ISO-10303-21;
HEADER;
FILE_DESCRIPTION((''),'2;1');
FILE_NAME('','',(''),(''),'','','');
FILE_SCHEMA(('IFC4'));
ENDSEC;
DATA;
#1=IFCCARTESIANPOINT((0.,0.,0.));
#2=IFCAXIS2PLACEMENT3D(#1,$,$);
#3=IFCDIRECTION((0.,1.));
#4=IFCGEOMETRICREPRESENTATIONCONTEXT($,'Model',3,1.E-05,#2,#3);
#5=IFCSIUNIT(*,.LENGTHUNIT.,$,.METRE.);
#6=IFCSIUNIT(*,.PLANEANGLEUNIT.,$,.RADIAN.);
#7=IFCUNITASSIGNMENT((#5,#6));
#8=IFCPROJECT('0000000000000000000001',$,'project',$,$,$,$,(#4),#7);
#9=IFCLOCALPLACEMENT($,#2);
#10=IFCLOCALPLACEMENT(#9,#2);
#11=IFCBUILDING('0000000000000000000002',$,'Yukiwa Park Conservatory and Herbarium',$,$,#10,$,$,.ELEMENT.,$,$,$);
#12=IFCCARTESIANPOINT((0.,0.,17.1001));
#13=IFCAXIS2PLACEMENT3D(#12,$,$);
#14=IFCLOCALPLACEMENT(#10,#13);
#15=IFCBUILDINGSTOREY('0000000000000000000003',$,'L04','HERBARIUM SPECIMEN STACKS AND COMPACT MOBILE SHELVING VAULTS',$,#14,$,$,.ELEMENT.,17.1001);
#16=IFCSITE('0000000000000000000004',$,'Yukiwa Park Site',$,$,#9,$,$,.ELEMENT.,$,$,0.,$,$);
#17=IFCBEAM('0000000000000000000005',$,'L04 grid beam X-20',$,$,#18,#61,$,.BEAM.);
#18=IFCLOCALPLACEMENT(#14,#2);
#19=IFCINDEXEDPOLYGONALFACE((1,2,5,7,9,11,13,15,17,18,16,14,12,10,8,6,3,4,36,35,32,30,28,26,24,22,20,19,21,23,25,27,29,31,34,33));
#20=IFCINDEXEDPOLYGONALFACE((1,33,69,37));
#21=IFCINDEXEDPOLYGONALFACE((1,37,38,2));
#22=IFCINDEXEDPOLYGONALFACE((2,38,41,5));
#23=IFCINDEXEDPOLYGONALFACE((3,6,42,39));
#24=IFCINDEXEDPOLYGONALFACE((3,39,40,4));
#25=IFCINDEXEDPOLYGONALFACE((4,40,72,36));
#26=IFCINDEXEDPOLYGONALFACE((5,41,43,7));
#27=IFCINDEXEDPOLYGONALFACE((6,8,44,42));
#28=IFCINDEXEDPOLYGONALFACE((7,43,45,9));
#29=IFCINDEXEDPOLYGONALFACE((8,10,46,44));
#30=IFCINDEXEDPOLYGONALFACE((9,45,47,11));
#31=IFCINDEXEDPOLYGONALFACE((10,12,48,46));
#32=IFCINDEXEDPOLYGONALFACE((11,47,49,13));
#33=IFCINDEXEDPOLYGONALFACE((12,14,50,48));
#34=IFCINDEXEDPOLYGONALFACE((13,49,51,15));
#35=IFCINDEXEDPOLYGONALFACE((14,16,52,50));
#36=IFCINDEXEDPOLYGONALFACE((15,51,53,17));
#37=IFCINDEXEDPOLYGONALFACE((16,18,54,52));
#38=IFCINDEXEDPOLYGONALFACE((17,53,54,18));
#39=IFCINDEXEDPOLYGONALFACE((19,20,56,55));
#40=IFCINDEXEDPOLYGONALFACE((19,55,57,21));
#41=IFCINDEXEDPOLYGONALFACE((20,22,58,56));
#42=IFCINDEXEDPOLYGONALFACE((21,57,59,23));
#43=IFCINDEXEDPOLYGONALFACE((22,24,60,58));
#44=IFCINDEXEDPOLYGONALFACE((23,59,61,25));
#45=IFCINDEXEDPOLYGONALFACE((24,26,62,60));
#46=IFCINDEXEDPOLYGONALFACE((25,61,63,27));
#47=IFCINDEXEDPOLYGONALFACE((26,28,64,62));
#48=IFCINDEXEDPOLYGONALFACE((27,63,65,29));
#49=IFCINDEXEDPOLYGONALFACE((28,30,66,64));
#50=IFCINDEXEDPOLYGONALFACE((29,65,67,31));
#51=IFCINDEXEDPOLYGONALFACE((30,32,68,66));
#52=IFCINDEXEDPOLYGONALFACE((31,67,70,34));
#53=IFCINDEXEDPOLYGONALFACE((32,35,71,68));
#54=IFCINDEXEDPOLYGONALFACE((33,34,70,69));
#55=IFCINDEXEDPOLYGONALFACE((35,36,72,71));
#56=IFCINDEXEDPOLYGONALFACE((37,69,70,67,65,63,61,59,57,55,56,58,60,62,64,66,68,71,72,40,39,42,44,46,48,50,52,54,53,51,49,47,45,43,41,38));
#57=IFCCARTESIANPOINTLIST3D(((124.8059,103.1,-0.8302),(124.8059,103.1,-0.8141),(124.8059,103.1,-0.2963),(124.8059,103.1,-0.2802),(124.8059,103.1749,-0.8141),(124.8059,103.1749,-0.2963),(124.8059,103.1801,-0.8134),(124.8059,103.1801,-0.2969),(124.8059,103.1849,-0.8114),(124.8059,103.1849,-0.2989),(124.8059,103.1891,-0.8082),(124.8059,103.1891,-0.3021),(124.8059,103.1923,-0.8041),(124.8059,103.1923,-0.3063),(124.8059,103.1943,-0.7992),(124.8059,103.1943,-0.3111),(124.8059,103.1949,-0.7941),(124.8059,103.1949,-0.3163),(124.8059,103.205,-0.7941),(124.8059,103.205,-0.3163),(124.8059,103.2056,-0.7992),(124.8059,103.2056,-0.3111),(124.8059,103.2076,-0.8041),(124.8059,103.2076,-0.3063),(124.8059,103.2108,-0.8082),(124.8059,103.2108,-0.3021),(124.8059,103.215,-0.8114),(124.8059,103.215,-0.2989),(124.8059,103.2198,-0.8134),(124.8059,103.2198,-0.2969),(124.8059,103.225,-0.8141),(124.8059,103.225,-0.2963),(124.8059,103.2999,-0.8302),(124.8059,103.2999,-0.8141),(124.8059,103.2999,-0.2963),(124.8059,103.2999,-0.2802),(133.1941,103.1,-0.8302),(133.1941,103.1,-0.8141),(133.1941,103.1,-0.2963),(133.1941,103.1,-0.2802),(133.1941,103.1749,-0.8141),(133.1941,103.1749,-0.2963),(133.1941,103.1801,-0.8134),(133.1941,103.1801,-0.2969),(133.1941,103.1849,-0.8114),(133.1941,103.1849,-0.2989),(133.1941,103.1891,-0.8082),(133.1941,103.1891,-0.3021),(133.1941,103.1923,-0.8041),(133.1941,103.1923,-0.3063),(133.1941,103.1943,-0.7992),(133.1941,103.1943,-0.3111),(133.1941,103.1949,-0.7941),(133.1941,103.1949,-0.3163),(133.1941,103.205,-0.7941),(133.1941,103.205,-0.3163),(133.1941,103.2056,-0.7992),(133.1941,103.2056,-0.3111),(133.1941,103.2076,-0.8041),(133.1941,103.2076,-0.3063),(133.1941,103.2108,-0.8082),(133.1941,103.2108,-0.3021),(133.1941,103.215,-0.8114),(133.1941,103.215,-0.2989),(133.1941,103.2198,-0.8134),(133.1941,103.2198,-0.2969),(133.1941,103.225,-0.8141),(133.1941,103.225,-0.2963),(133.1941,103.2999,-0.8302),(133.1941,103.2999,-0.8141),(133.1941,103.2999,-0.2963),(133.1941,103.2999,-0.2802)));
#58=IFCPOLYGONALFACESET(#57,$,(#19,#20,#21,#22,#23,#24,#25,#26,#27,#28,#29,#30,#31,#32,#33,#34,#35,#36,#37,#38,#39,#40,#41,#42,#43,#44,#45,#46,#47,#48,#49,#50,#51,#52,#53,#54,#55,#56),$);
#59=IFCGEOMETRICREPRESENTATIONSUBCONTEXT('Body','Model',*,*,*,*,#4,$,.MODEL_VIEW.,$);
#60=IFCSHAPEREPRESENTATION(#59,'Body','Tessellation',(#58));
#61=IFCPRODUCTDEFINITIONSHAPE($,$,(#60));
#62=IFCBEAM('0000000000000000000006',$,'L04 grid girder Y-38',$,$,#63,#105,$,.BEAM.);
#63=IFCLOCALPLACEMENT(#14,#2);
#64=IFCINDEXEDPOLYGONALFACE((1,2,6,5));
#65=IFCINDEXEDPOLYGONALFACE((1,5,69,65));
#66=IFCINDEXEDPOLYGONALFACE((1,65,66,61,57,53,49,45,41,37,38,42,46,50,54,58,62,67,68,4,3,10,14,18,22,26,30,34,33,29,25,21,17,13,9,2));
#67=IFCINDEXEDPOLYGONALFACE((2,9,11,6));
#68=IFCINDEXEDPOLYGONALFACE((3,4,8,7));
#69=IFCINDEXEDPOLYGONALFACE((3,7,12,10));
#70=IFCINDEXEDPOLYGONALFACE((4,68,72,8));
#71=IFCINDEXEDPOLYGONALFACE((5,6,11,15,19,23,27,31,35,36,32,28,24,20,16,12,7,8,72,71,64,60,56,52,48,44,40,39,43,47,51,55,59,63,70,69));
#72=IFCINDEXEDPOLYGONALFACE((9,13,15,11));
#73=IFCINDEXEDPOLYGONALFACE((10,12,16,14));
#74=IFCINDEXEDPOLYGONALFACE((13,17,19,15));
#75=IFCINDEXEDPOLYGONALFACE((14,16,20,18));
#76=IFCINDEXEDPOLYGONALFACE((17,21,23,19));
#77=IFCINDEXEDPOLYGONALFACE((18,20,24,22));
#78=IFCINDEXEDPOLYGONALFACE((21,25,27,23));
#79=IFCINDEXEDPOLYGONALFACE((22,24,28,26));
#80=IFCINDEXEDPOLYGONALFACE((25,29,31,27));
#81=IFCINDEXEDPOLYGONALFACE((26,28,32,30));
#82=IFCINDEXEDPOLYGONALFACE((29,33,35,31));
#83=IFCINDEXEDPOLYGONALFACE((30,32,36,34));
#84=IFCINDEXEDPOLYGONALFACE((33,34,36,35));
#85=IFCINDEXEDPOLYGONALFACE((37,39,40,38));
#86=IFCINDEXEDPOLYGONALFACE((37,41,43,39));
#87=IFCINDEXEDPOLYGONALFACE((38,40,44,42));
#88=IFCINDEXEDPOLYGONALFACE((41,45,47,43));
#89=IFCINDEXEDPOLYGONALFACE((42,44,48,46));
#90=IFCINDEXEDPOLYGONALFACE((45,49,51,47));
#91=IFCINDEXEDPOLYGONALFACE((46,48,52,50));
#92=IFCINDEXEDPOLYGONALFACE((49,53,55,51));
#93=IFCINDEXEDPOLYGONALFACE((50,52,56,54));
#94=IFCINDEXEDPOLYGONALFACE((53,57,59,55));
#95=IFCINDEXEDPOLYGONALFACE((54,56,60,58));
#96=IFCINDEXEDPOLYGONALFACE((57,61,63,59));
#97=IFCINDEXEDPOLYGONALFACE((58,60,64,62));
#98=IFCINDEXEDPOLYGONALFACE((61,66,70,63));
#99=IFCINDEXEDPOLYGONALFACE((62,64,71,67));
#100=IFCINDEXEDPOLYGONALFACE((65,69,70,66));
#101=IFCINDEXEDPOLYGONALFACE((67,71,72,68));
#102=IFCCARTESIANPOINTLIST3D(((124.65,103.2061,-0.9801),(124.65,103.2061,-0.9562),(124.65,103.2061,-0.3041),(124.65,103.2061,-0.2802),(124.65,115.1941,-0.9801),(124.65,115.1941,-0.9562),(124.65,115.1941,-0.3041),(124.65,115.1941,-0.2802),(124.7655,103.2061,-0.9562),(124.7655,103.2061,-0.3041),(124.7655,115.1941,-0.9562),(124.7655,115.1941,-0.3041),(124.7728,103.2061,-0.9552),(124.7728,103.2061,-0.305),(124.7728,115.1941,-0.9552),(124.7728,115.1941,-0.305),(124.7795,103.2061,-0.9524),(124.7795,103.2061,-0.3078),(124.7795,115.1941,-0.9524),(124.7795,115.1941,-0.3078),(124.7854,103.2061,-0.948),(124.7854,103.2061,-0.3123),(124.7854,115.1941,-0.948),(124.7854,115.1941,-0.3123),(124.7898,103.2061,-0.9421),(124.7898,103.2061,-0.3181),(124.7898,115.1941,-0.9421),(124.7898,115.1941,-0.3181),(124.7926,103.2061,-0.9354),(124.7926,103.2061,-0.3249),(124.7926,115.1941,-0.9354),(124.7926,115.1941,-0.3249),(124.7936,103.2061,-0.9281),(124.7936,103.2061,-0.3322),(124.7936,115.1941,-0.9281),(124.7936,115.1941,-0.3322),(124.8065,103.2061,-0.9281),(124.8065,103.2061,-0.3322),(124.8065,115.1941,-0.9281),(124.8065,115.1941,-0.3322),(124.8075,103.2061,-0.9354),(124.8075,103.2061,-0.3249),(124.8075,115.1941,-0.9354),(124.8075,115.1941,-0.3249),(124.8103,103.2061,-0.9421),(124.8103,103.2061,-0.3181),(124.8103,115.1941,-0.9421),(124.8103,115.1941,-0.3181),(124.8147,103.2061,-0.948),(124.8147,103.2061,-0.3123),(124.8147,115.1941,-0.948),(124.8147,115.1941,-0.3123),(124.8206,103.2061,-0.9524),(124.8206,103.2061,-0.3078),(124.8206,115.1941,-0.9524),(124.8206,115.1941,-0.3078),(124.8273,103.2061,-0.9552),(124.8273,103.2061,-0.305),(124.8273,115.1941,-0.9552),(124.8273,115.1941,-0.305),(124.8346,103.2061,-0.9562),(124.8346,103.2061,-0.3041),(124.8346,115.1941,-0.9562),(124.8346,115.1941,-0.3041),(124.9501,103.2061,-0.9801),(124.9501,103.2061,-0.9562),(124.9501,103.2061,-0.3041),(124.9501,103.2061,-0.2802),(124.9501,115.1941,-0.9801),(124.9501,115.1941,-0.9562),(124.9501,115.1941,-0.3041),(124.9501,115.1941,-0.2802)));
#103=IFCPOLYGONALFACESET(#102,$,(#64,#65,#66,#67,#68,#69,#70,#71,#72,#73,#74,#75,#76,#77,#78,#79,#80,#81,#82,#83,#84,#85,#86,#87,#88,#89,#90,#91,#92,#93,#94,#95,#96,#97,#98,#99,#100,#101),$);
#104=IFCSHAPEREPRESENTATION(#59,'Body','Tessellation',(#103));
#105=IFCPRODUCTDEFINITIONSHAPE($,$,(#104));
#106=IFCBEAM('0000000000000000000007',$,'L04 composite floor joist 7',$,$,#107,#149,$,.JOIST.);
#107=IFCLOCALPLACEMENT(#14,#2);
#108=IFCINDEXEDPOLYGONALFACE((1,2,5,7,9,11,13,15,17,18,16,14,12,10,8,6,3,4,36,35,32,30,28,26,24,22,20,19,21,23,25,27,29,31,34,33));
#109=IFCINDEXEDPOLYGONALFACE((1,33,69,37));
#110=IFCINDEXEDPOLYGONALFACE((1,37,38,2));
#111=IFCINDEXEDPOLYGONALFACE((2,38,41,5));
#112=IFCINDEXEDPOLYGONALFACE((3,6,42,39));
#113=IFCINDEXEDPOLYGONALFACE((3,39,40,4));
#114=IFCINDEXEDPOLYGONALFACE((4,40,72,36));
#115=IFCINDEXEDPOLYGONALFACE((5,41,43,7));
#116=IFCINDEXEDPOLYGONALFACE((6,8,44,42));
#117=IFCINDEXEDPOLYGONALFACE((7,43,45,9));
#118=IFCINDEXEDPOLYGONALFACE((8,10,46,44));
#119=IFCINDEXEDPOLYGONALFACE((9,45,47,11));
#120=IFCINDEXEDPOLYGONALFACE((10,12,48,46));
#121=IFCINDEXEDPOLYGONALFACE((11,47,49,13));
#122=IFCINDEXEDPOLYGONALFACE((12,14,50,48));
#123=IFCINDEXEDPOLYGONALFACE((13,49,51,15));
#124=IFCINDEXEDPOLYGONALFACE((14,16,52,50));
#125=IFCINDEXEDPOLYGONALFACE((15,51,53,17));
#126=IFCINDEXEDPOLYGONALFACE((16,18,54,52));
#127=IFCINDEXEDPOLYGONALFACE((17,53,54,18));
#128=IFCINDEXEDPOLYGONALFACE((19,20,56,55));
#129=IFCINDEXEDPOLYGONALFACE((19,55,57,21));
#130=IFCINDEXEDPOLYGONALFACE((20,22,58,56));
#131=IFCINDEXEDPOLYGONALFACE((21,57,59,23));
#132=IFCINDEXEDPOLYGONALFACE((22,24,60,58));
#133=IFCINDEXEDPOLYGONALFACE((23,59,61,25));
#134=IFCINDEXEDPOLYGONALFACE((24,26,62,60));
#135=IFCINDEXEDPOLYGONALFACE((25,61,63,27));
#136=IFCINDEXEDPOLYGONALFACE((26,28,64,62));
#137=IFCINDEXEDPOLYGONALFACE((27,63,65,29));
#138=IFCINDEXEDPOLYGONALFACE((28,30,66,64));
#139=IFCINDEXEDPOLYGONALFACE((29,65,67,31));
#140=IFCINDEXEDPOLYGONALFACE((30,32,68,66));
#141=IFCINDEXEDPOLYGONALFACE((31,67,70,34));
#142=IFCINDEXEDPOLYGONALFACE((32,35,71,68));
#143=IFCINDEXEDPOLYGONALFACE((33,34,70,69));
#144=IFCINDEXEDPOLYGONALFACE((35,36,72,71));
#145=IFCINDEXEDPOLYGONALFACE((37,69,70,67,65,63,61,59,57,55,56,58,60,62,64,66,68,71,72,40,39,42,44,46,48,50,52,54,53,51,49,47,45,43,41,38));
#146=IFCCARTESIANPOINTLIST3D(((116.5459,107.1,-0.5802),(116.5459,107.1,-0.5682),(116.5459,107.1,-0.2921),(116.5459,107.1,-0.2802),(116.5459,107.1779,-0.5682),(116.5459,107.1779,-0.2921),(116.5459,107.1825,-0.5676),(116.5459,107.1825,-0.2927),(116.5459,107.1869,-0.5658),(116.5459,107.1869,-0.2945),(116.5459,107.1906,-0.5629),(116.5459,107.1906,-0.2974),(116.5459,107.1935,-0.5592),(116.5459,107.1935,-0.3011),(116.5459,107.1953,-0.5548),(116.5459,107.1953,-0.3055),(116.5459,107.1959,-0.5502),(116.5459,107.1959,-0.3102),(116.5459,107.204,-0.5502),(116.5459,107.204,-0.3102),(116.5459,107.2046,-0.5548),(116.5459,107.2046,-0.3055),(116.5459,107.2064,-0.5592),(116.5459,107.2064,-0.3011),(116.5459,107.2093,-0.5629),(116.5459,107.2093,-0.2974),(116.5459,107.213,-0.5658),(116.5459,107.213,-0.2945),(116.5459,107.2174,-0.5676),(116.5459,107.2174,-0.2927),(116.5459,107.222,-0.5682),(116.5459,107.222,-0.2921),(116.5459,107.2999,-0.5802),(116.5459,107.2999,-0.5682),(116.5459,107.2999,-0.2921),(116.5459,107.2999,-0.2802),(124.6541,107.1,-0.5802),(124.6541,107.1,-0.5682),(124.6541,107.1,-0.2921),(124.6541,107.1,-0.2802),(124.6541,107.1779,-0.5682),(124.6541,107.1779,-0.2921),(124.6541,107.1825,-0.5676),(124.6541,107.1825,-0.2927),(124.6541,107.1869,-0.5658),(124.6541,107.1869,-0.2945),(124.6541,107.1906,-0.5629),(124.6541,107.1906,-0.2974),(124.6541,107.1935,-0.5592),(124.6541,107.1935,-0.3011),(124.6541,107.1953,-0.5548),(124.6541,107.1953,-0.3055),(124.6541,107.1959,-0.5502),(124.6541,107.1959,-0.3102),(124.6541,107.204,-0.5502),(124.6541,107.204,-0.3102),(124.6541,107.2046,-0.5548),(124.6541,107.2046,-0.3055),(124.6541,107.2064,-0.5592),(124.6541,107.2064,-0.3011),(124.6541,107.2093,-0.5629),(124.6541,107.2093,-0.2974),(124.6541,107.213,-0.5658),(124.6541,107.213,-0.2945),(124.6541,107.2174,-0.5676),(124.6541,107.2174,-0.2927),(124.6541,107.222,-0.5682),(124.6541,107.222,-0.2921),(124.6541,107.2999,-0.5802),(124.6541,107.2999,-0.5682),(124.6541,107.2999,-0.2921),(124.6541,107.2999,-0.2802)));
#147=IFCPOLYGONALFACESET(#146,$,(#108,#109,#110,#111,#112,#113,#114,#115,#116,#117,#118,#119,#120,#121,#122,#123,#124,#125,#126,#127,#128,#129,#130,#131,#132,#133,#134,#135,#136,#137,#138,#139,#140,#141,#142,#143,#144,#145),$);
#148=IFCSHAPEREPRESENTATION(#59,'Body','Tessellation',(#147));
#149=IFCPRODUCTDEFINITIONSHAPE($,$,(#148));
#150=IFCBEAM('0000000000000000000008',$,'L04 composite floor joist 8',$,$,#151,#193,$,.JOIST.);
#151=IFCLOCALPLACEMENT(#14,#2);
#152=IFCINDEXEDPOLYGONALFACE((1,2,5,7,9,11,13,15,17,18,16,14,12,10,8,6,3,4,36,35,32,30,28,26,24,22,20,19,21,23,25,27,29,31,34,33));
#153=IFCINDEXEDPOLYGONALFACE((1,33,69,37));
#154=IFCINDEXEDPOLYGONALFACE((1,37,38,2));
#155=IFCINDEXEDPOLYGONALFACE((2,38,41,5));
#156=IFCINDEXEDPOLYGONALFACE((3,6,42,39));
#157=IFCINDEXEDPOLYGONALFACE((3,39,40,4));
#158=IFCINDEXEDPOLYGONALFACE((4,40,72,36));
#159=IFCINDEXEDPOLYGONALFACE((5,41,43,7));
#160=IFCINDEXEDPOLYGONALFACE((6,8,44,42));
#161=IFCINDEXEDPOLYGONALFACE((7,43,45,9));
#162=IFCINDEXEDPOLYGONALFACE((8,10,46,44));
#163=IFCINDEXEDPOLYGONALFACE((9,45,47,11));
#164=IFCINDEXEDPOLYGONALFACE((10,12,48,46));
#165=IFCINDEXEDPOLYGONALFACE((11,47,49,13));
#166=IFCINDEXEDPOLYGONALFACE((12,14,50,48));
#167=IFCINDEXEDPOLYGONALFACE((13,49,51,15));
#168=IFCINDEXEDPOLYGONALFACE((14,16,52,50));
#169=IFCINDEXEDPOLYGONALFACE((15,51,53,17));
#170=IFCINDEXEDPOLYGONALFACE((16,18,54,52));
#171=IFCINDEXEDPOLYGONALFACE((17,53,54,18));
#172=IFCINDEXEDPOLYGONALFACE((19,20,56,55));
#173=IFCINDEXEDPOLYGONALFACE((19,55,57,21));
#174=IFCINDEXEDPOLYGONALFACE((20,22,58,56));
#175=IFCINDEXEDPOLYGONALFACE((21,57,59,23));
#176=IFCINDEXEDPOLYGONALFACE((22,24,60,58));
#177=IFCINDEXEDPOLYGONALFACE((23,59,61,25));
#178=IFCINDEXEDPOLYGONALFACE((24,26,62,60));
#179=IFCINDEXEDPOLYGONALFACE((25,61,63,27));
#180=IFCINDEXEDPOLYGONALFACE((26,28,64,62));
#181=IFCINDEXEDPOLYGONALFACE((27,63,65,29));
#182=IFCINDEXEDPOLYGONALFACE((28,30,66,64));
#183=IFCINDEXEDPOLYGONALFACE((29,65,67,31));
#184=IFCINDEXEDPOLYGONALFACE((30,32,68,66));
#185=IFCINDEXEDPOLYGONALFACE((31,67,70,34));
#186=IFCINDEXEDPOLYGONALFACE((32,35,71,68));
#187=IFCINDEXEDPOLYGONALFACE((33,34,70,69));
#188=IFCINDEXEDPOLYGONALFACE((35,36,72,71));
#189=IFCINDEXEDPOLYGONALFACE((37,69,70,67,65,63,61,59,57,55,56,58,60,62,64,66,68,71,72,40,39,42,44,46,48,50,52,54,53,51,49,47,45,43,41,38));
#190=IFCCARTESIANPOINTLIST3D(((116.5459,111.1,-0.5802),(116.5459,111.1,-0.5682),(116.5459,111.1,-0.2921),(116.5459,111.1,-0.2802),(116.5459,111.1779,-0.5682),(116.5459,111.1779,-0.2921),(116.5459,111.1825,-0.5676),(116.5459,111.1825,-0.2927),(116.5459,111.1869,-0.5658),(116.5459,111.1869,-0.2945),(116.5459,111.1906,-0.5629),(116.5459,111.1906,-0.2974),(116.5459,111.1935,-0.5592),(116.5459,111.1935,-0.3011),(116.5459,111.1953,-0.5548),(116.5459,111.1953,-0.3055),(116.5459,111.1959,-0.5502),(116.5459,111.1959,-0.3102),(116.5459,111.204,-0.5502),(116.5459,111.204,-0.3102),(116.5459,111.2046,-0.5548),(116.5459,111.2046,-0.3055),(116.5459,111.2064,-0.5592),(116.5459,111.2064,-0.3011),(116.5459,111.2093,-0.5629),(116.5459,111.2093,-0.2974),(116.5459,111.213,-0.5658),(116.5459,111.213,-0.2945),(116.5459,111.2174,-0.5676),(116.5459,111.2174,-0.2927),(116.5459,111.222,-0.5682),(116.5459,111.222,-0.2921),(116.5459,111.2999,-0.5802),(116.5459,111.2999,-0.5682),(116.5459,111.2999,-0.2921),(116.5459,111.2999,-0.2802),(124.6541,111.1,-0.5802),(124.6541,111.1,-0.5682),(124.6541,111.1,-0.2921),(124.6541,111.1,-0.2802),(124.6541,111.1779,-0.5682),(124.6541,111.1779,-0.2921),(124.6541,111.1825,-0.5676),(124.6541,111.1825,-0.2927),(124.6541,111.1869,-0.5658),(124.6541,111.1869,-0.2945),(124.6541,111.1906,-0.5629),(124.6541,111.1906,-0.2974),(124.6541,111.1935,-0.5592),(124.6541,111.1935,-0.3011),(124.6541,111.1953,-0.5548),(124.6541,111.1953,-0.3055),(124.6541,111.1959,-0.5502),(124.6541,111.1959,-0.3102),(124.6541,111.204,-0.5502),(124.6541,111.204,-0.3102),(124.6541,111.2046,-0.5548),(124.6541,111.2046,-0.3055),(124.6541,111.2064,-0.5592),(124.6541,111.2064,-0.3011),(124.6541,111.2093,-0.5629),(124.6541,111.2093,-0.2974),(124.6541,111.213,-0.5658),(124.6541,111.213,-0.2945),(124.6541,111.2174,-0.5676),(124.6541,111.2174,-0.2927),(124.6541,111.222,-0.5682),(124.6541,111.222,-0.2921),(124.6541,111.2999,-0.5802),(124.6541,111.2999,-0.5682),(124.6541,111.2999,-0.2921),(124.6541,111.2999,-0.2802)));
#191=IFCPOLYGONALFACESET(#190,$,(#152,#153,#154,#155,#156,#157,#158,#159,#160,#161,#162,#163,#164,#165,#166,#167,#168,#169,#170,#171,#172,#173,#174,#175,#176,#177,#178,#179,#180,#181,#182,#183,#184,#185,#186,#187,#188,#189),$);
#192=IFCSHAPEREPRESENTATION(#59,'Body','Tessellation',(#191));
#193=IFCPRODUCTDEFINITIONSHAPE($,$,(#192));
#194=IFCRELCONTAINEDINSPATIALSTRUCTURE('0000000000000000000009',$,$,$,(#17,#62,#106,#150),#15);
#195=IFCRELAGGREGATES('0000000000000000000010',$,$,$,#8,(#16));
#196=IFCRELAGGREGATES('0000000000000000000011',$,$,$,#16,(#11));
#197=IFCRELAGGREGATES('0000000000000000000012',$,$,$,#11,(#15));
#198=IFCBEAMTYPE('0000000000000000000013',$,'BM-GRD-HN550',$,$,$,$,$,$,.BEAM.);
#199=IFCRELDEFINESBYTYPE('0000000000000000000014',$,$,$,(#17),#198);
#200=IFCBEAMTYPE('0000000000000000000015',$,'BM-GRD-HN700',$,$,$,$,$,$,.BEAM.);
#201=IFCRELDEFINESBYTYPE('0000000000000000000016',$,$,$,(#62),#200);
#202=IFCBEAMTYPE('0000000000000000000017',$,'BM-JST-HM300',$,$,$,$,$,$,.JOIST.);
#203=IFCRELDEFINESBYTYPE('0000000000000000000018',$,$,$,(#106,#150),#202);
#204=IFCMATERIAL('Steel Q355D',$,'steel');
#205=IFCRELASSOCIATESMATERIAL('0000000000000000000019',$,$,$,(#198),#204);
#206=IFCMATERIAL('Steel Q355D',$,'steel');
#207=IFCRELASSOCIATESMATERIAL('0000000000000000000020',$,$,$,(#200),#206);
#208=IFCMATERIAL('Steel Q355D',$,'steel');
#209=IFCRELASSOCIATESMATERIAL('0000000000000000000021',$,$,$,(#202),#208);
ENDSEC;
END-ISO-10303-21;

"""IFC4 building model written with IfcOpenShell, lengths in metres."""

from ifc_helpers import new_model, si_unit, direction, frame, origin, origin_2d, place, context, subcontext, project, spatial, i_section, extrude, material, material_profile, profile_set, type_object, element, save


model = new_model("IFC4")

# Units and contexts
model_context = context("Model", 3, precision=1e-05, world=origin(), true_north=direction((0.0, 1.0)))
body_context = subcontext(model_context, "Body", "Model", "MODEL_VIEW")
ifc_project = project(units=[si_unit("LENGTHUNIT", "METRE"), si_unit("PLANEANGLEUNIT", "RADIAN")], contexts=[model_context])

# Site, building, storey
site_placement = place(None, origin())
site = spatial("IfcSite", under=ifc_project, at=site_placement, Name="Yukiwa Park Site", CompositionType="ELEMENT", RefElevation=0.0)
building_placement = place(site_placement, origin())
building = spatial("IfcBuilding", under=site, at=building_placement, Name="Yukiwa Park Conservatory and Herbarium", CompositionType="ELEMENT")
storey_placement = place(building_placement, frame((0.0, 0.0, 17.1001)))
storey = spatial("IfcBuildingStorey", under=building, at=storey_placement, Name="L04", Description="HERBARIUM SPECIMEN STACKS AND COMPACT MOBILE SHELVING VAULTS", CompositionType="ELEMENT", Elevation=17.1001)

# Beams
ifc_material_1 = material(Name="Steel Q355D", Category="steel")
ifc_material_profile_1 = material_profile(ifc_material_1, i_section(OverallWidth=0.2, OverallDepth=0.55, WebThickness=0.01, FlangeThickness=0.0161, FilletRadius=0.02, at=origin_2d()), Name="HN 550x200x10x16")
ifc_profile_set_1 = profile_set([ifc_material_profile_1], Name="Steel Q355D")
beam_type_1 = type_object("IfcBeamType", Name="BM-GRD-HN550", PredefinedType="BEAM", material=ifc_profile_set_1)
for number, where, z_axis, x_axis, name in (
    (1, (124.8059, 103.2, -0.5552), (1.0, 0.0, 0.0), (0.0, 1.0, 0.0), "L04 grid beam X-20"),
):
    element("IfcBeam", number, at=place(storey_placement, frame(where, z_axis=z_axis, x_axis=x_axis)), inside=storey, type_object=beam_type_1, Name=name, PredefinedType="BEAM", context=body_context, shape_type="SweptSolid", body=[
        extrude(i_section(OverallWidth=0.2, OverallDepth=0.55, WebThickness=0.01, FlangeThickness=0.0161, FilletRadius=0.02, at=origin_2d()), origin(), (0.0, 0.0, 1.0), 8.3882),
    ])
ifc_material_2 = material(Name="Steel Q355D", Category="steel")
ifc_material_profile_2 = material_profile(ifc_material_2, i_section(OverallWidth=0.3, OverallDepth=0.7, WebThickness=0.0129, FlangeThickness=0.0239, FilletRadius=0.0281, at=origin_2d()), Name="HN 700x300x13x24")
ifc_profile_set_2 = profile_set([ifc_material_profile_2], Name="Steel Q355D")
beam_type_2 = type_object("IfcBeamType", Name="BM-GRD-HN700", PredefinedType="BEAM", material=ifc_profile_set_2)
beam_1_placement = place(storey_placement, frame((124.8, 103.2061, -0.6301), z_axis=(0.0, 1.0, 0.0), x_axis=(-1.0, 0.0, 0.0)))
element("IfcBeam", 2, at=beam_1_placement, inside=storey, type_object=beam_type_2, Name="L04 grid girder Y-38", PredefinedType="BEAM", context=body_context, shape_type="SweptSolid", body=[
    extrude(i_section(OverallWidth=0.3, OverallDepth=0.7, WebThickness=0.0129, FlangeThickness=0.0239, FilletRadius=0.0281, at=origin_2d()), origin(), (0.0, 0.0, 1.0), 11.988),
])
ifc_material_3 = material(Name="Steel Q355D", Category="steel")
ifc_material_profile_3 = material_profile(ifc_material_3, i_section(OverallWidth=0.2, OverallDepth=0.3, WebThickness=0.0081, FlangeThickness=0.012, FilletRadius=0.0181, at=origin_2d()), Name="HM 300x200x8x12")
ifc_profile_set_3 = profile_set([ifc_material_profile_3], Name="Steel Q355D")
beam_type_3 = type_object("IfcBeamType", Name="BM-JST-HM300", PredefinedType="JOIST", material=ifc_profile_set_3)
for number, where, z_axis, x_axis, name in (
    (3, (116.5459, 107.2, -0.4302), (1.0, 0.0, 0.0), (0.0, 1.0, 0.0), "L04 composite floor joist 7"),
    (4, (116.5459, 111.2, -0.4302), (1.0, 0.0, 0.0), (0.0, 1.0, 0.0), "L04 composite floor joist 8"),
):
    element("IfcBeam", number, at=place(storey_placement, frame(where, z_axis=z_axis, x_axis=x_axis)), inside=storey, type_object=beam_type_3, Name=name, PredefinedType="JOIST", context=body_context, shape_type="SweptSolid", body=[
        extrude(i_section(OverallWidth=0.2, OverallDepth=0.3, WebThickness=0.0081, FlangeThickness=0.012, FilletRadius=0.0181, at=origin_2d()), origin(), (0.0, 0.0, 1.0), 8.1082),
    ])

save(model, "model.ifc")
